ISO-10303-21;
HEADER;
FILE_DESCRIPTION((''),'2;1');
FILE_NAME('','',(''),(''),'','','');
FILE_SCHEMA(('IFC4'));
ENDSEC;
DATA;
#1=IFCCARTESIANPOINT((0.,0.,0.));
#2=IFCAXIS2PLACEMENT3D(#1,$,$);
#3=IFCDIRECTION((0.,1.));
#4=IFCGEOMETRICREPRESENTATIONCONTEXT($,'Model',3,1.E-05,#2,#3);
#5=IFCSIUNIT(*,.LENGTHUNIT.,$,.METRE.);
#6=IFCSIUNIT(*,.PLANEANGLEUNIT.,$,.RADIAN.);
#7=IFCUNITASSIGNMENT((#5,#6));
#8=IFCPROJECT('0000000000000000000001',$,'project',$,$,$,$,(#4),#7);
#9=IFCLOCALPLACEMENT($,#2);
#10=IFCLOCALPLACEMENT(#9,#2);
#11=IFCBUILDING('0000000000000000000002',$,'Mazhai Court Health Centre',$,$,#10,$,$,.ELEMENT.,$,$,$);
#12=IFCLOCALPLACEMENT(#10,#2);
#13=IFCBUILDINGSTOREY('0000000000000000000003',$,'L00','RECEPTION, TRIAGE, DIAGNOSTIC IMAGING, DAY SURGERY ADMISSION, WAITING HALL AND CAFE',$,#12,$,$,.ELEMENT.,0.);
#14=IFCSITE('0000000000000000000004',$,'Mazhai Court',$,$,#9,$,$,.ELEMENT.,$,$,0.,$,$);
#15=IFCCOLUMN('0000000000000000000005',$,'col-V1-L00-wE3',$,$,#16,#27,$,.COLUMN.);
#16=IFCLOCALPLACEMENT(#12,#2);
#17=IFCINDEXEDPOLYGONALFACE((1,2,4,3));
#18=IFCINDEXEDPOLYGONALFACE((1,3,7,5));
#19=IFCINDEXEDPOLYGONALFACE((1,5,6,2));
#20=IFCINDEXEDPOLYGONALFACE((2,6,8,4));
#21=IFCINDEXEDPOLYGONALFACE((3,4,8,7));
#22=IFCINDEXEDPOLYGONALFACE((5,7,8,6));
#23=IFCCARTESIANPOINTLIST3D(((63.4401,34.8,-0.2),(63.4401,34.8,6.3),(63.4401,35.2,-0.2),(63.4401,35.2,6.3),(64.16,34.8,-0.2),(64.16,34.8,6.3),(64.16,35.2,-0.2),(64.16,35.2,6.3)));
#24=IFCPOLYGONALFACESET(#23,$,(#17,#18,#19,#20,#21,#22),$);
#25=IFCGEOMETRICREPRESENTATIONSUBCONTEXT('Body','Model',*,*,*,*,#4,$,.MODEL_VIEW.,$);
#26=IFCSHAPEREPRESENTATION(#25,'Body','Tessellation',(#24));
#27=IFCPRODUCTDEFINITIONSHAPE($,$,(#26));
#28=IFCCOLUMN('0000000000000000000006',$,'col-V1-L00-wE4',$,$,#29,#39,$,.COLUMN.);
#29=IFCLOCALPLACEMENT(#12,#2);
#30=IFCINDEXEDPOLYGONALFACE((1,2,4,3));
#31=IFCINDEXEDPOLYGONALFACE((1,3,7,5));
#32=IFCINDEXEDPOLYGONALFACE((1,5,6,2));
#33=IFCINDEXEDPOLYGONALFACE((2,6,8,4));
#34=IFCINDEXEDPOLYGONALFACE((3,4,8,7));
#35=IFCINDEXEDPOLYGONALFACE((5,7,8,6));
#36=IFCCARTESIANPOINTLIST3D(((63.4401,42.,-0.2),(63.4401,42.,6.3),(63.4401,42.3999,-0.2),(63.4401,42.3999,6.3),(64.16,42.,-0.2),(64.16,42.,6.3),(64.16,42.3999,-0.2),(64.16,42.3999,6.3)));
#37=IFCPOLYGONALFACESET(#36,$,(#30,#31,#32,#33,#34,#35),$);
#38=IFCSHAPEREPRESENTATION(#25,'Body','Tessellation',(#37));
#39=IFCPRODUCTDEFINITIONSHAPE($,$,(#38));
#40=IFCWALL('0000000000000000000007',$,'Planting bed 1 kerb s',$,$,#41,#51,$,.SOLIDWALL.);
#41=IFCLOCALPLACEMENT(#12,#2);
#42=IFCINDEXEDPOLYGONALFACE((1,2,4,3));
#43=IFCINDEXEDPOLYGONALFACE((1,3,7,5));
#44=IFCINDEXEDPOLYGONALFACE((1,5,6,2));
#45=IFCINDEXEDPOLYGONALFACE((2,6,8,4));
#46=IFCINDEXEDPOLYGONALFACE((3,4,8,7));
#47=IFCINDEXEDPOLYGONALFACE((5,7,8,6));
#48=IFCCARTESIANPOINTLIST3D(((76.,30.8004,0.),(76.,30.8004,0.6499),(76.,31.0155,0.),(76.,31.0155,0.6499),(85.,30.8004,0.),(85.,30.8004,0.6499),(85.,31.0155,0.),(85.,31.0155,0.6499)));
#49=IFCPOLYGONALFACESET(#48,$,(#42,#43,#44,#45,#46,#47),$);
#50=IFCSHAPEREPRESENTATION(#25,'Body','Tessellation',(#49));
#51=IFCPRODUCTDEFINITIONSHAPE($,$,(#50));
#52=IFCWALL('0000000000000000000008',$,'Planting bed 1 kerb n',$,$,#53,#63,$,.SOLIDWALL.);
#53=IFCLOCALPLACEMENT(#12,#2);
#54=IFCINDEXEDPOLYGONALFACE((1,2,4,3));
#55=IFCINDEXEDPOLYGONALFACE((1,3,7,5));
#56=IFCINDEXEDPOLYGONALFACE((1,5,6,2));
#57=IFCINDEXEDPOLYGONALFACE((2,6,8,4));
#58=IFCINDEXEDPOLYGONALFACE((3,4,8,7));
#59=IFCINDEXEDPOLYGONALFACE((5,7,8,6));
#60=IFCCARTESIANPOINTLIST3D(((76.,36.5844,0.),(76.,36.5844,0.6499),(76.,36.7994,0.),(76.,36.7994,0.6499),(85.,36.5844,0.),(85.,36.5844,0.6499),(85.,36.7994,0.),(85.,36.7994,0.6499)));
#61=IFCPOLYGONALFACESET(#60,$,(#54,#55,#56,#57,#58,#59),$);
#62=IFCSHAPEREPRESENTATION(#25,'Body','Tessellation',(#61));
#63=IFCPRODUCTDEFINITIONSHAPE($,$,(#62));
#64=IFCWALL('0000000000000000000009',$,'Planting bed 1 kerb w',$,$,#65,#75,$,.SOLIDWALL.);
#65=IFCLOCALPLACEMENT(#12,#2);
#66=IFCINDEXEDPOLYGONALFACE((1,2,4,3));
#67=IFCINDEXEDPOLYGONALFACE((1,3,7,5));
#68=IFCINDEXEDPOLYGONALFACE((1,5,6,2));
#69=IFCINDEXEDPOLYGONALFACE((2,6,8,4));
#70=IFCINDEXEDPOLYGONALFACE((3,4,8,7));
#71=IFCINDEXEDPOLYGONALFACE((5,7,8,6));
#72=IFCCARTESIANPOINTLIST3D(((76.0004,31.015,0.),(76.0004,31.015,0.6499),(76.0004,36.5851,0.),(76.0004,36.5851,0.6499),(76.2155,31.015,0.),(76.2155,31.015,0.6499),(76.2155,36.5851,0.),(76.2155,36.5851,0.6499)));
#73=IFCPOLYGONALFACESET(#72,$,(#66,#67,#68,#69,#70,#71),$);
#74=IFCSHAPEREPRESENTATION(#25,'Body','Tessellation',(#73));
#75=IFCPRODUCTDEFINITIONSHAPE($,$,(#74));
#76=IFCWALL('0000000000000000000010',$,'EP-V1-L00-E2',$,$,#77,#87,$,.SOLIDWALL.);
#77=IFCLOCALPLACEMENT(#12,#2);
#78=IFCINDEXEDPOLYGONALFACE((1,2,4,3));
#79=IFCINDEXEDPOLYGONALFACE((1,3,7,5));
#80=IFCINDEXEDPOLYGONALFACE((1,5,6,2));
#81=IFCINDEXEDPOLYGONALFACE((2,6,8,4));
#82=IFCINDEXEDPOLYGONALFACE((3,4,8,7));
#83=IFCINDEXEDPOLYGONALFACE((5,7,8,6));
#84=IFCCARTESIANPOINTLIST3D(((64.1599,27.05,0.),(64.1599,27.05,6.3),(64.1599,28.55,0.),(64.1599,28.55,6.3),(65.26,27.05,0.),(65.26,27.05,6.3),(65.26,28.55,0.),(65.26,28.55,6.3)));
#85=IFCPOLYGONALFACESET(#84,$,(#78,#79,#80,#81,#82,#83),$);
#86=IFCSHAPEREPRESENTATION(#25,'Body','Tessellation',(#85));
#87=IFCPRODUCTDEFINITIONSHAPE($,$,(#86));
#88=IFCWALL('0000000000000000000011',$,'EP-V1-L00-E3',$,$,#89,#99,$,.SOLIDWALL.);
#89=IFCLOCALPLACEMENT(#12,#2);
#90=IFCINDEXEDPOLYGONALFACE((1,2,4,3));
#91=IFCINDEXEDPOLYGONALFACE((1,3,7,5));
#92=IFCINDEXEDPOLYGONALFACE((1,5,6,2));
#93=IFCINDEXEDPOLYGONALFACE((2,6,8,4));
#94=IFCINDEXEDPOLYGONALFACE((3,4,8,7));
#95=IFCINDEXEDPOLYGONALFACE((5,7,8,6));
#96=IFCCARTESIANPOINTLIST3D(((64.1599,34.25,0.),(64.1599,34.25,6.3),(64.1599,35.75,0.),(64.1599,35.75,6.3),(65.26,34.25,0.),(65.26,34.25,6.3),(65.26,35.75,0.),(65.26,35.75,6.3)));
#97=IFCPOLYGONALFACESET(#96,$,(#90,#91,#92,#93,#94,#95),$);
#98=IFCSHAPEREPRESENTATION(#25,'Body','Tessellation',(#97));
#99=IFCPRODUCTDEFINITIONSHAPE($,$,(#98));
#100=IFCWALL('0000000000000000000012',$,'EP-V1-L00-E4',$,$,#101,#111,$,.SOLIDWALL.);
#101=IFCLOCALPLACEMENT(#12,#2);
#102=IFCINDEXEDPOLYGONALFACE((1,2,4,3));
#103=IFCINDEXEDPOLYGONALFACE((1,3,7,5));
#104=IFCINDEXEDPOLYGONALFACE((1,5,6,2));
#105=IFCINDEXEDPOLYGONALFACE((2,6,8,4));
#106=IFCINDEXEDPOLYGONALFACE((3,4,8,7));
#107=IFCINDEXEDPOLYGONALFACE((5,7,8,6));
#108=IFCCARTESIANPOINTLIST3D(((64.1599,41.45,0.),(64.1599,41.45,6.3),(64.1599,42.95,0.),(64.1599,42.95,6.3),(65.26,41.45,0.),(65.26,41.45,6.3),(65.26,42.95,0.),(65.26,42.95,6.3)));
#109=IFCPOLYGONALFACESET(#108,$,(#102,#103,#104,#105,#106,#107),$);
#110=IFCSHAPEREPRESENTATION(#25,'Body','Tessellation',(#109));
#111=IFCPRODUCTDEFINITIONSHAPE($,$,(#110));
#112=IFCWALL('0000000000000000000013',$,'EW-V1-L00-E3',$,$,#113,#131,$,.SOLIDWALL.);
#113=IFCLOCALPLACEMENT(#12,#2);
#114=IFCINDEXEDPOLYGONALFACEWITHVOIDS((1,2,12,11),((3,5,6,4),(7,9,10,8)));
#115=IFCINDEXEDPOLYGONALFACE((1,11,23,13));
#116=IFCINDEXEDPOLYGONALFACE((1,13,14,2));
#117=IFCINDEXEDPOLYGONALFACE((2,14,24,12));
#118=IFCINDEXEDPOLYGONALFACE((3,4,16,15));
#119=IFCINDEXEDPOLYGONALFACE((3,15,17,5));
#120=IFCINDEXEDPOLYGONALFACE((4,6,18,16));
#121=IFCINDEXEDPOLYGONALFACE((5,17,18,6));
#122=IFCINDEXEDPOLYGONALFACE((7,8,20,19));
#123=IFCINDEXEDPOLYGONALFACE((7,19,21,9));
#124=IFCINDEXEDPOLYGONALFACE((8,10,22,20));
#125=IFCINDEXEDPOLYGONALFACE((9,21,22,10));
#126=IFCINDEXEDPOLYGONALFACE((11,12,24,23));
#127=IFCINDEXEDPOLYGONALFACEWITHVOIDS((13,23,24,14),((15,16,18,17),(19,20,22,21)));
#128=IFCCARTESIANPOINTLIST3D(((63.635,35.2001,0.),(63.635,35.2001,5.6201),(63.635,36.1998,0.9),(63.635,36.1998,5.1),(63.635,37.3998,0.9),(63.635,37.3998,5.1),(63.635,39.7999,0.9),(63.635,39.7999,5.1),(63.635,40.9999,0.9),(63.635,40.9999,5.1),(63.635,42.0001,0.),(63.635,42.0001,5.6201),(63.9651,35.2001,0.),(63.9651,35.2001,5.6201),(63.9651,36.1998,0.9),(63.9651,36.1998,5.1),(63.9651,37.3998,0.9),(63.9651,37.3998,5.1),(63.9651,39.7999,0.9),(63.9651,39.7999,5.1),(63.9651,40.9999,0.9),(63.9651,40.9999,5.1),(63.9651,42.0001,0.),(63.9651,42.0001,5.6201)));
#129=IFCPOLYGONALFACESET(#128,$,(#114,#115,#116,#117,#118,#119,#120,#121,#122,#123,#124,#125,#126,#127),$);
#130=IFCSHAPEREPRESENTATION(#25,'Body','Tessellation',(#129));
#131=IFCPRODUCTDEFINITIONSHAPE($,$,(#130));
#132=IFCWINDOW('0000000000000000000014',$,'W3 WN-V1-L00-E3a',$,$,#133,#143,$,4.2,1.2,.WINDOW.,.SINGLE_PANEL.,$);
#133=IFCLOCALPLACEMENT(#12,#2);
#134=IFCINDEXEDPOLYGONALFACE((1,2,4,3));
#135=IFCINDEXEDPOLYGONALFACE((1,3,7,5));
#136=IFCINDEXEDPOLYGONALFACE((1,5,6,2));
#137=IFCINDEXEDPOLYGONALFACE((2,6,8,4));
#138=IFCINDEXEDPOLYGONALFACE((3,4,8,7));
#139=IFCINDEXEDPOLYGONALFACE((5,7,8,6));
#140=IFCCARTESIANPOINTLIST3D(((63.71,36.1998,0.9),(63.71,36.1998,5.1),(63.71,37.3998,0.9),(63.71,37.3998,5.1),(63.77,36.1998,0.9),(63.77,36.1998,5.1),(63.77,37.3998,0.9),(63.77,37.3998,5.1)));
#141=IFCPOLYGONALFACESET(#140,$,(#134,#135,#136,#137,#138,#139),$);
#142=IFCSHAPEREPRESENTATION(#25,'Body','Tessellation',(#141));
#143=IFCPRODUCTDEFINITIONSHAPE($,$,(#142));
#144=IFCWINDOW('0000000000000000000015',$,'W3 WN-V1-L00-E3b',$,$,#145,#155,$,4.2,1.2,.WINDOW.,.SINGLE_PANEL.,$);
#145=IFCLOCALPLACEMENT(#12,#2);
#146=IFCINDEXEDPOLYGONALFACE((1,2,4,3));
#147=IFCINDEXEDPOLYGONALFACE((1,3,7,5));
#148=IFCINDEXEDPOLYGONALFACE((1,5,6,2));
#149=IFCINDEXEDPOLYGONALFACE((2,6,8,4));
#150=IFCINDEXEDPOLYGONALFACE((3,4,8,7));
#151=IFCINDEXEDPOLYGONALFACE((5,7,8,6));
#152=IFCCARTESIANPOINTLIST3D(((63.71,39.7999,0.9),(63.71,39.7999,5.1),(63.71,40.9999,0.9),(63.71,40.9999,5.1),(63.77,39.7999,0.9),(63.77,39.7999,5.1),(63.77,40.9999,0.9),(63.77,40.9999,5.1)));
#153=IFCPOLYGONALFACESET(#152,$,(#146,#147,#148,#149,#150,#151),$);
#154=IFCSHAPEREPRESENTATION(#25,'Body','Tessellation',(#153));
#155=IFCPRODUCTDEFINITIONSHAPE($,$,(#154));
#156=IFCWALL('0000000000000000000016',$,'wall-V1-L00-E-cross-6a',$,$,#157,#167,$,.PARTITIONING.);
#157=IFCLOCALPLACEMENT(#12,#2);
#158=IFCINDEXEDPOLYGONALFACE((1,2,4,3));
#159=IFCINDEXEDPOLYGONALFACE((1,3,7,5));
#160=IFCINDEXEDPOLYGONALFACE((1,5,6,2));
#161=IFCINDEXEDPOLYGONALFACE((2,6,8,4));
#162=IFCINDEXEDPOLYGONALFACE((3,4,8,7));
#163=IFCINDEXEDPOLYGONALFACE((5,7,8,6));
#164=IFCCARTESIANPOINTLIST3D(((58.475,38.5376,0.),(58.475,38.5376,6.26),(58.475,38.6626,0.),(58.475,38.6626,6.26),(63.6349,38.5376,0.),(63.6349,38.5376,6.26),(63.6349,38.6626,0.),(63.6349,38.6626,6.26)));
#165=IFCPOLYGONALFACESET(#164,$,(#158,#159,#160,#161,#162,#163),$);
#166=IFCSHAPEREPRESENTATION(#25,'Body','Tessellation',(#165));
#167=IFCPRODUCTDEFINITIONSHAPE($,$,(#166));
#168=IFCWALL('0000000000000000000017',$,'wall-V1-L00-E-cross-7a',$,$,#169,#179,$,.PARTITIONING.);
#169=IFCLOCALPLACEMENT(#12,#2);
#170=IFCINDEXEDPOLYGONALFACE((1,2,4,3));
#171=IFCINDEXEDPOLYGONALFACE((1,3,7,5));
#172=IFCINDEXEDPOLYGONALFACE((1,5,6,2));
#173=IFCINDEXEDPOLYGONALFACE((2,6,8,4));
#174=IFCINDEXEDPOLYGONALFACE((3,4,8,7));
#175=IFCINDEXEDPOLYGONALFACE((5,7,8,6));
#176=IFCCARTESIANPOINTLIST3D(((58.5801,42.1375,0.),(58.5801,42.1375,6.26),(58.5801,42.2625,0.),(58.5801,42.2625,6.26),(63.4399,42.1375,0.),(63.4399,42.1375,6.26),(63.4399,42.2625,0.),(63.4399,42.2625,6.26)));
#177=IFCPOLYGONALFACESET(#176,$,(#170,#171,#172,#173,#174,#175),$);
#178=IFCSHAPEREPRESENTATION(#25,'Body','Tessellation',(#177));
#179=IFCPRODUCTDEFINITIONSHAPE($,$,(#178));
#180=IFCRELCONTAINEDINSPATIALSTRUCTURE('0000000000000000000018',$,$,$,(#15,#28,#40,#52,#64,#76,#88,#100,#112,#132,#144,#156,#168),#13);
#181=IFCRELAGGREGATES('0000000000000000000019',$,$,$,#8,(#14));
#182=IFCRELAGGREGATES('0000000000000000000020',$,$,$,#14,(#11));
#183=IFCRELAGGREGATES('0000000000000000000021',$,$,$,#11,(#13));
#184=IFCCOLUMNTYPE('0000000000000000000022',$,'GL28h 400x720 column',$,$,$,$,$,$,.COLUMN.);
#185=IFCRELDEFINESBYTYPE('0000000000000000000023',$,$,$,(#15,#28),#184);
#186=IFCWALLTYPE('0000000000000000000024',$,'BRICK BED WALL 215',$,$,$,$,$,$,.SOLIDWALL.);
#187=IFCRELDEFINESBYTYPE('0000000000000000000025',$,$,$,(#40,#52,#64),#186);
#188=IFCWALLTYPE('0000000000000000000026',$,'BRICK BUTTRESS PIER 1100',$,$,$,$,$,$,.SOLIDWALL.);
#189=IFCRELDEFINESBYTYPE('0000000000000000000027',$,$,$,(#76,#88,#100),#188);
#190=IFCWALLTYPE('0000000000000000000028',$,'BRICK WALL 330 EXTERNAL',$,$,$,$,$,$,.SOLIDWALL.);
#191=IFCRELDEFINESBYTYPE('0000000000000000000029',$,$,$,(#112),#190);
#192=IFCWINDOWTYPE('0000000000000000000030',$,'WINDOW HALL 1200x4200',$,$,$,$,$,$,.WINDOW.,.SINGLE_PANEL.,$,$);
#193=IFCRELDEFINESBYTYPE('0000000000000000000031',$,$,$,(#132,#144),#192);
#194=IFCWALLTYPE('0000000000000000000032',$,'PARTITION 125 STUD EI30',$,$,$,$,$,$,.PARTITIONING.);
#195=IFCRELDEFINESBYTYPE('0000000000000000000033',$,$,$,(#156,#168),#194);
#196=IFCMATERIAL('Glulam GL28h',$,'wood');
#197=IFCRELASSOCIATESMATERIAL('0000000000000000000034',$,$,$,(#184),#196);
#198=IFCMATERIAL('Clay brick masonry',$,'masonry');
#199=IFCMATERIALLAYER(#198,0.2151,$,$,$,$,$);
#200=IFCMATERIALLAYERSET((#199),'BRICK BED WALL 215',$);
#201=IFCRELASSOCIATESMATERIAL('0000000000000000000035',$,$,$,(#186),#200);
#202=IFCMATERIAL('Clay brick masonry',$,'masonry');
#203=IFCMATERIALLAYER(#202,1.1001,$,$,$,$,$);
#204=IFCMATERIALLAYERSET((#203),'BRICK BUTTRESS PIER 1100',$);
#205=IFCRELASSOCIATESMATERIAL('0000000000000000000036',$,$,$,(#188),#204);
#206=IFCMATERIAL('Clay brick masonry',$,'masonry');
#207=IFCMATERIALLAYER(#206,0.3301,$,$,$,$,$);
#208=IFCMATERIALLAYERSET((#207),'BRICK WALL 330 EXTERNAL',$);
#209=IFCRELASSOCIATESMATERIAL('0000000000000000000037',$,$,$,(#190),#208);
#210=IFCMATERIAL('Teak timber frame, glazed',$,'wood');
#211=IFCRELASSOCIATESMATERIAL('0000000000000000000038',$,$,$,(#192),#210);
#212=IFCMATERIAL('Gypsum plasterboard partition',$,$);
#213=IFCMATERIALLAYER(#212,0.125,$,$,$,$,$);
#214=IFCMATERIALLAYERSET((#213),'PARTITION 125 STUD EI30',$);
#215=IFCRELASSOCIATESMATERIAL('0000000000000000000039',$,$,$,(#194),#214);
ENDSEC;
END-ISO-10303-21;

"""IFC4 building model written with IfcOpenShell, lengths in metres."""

from ifc_helpers import new_model, si_unit, direction, frame, frame_2d, origin, origin_2d, place, context, subcontext, project, spatial, rectangle, extrude, material, layer, layer_set, material_profile, profile_set, type_object, element, fill, save


model = new_model("IFC4")

# Units and contexts
model_context = context("Model", 3, precision=1e-05, world=origin(), true_north=direction((0.0, 1.0)))
body_context = subcontext(model_context, "Body", "Model", "MODEL_VIEW")
ifc_project = project(units=[si_unit("LENGTHUNIT", "METRE"), si_unit("PLANEANGLEUNIT", "RADIAN")], contexts=[model_context])

# Site, building, storey
site_placement = place(None, origin())
site = spatial("IfcSite", under=ifc_project, at=site_placement, Name="Mazhai Court", CompositionType="ELEMENT", RefElevation=0.0)
building_placement = place(site_placement, origin())
building = spatial("IfcBuilding", under=site, at=building_placement, Name="Mazhai Court Health Centre", CompositionType="ELEMENT")
storey_placement = place(building_placement, origin())
storey = spatial("IfcBuildingStorey", under=building, at=storey_placement, Name="L00", Description="RECEPTION, TRIAGE, DIAGNOSTIC IMAGING, DAY SURGERY ADMISSION, WAITING HALL AND CAFE", CompositionType="ELEMENT", Elevation=0.0)

# Columns
ifc_material_1 = material(Name="Glulam GL28h", Category="wood")
ifc_material_profile_1 = material_profile(ifc_material_1, rectangle(XDim=0.3999, YDim=0.72, at=origin_2d()), Name="GL28h 400x720")
ifc_profile_set_1 = profile_set([ifc_material_profile_1], Name="Glulam GL28h")
column_type = type_object("IfcColumnType", Name="GL28h 400x720 column", PredefinedType="COLUMN", material=ifc_profile_set_1)
for number, where, z_axis, x_axis, name in (
    (1, (63.8, 35.0, -0.2), (0.0, 0.0, 1.0), (0.0, 1.0, 0.0), "col-V1-L00-wE3"),
    (2, (63.8, 42.2, -0.2), (0.0, 0.0, 1.0), (0.0, 1.0, 0.0), "col-V1-L00-wE4"),
):
    element("IfcColumn", number, at=place(storey_placement, frame(where, z_axis=z_axis, x_axis=x_axis)), inside=storey, type_object=column_type, Name=name, PredefinedType="COLUMN", context=body_context, shape_type="SweptSolid", body=[
        extrude(rectangle(XDim=0.3999, YDim=0.72, at=origin_2d()), origin(), (0.0, 0.0, 1.0), 6.5),
    ])

# Walls
ifc_material_2 = material(Name="Clay brick masonry", Category="masonry")
ifc_layer_1 = layer(ifc_material_2, 0.2151)
ifc_layer_set_1 = layer_set([ifc_layer_1], Name="BRICK BED WALL 215")
wall_type_1 = type_object("IfcWallType", Name="BRICK BED WALL 215", PredefinedType="SOLIDWALL", material=ifc_layer_set_1)
for number, where, z_axis, x_axis, name in (
    (3, (76.0, 30.908, 0.0), (0.0, 0.0, 1.0), (1.0, 0.0, 0.0), "Planting bed 1 kerb s"),
    (4, (76.0, 36.6919, 0.0), (0.0, 0.0, 1.0), (1.0, 0.0, 0.0), "Planting bed 1 kerb n"),
):
    element("IfcWall", number, at=place(storey_placement, frame(where, z_axis=z_axis, x_axis=x_axis)), inside=storey, type_object=wall_type_1, Name=name, PredefinedType="SOLIDWALL", context=body_context, shape_type="SweptSolid", body=[
        extrude(rectangle(XDim=9.0, YDim=0.2151, at=frame_2d((4.5, 0.0))), origin(), (0.0, 0.0, 1.0), 0.6499),
    ])
wall_1_placement = place(storey_placement, frame((76.1079, 31.0149, 0.0), z_axis=(0.0, 0.0, 1.0), x_axis=(0.0, 1.0, 0.0)))
element("IfcWall", 5, at=wall_1_placement, inside=storey, type_object=wall_type_1, Name="Planting bed 1 kerb w", PredefinedType="SOLIDWALL", context=body_context, shape_type="SweptSolid", body=[
    extrude(rectangle(XDim=5.5701, YDim=0.2151, at=frame_2d((2.7852, 0.0))), origin(), (0.0, 0.0, 1.0), 0.6499),
])
ifc_material_3 = material(Name="Clay brick masonry", Category="masonry")
ifc_layer_2 = layer(ifc_material_3, 1.1001)
ifc_layer_set_2 = layer_set([ifc_layer_2], Name="BRICK BUTTRESS PIER 1100")
wall_type_2 = type_object("IfcWallType", Name="BRICK BUTTRESS PIER 1100", PredefinedType="SOLIDWALL", material=ifc_layer_set_2)
for number, where, z_axis, x_axis, name in (
    (6, (64.71, 28.55, 0.0), (0.0, 0.0, 1.0), (0.0, -1.0, 0.0), "EP-V1-L00-E2"),
    (7, (64.71, 35.75, 0.0), (0.0, 0.0, 1.0), (0.0, -1.0, 0.0), "EP-V1-L00-E3"),
    (8, (64.71, 42.95, 0.0), (0.0, 0.0, 1.0), (0.0, -1.0, 0.0), "EP-V1-L00-E4"),
):
    element("IfcWall", number, at=place(storey_placement, frame(where, z_axis=z_axis, x_axis=x_axis)), inside=storey, type_object=wall_type_2, Name=name, PredefinedType="SOLIDWALL", context=body_context, shape_type="SweptSolid", body=[
        extrude(rectangle(XDim=1.5, YDim=1.1001, at=frame_2d((0.75, 0.0))), origin(), (0.0, 0.0, 1.0), 6.3),
    ])

# Shared definitions
ifc_material_4 = material(Name="Clay brick masonry", Category="masonry")
ifc_layer_3 = layer(ifc_material_4, 0.3301)
ifc_layer_set_3 = layer_set([ifc_layer_3], Name="BRICK WALL 330 EXTERNAL")
wall_type_3 = type_object("IfcWallType", Name="BRICK WALL 330 EXTERNAL", PredefinedType="SOLIDWALL", material=ifc_layer_set_3)
ifc_material_5 = material(Name="Teak timber frame, glazed", Category="wood")
window_type = type_object("IfcWindowType", Name="WINDOW HALL 1200x4200", PartitioningType="SINGLE_PANEL", PredefinedType="WINDOW", material=ifc_material_5)

# Wall, openings, windows
wall_2_placement = place(storey_placement, frame((63.8, 42.0, 0.0), z_axis=(0.0, 0.0, 1.0), x_axis=(0.0, -1.0, 0.0)))
wall_2 = element("IfcWall", 9, at=wall_2_placement, inside=storey, type_object=wall_type_3, Name="EW-V1-L00-E3", PredefinedType="SOLIDWALL", context=body_context, shape_type="SweptSolid", body=[
    extrude(rectangle(XDim=6.8, YDim=0.3301, at=frame_2d((3.3999, 0.0))), origin(), (0.0, 0.0, 1.0), 5.6201),
])
opening_1_placement = place(wall_2_placement, frame((4.6001, 0.0, 0.8999)))
opening_1 = element("IfcOpeningElement", 10, at=opening_1_placement, cuts=wall_2, PredefinedType="OPENING", context=body_context, shape_type="SweptSolid", body=[
    extrude(rectangle(XDim=1.2, YDim=4.2, at=frame_2d((0.6001, 2.1001))), frame((0.0, 0.175, 0.0), z_axis=(0.0, -1.0, 0.0), x_axis=(1.0, 0.0, 0.0)), (0.0, 0.0, 1.0), 0.3501),
])
opening_2_placement = place(wall_2_placement, frame((1.0, 0.0, 0.8999)))
opening_2 = element("IfcOpeningElement", 11, at=opening_2_placement, cuts=wall_2, PredefinedType="OPENING", context=body_context, shape_type="SweptSolid", body=[
    extrude(rectangle(XDim=1.2, YDim=4.2, at=frame_2d((0.6001, 2.1001))), frame((0.0, 0.175, 0.0), z_axis=(0.0, -1.0, 0.0), x_axis=(1.0, 0.0, 0.0)), (0.0, 0.0, 1.0), 0.3501),
])
window_1_placement = place(opening_1_placement, origin())
window_1 = element("IfcWindow", 12, at=window_1_placement, inside=storey, type_object=window_type, Name="W3 WN-V1-L00-E3a", OverallHeight=4.2, OverallWidth=1.2, PartitioningType="SINGLE_PANEL", PredefinedType="WINDOW", context=body_context, shape_type="SweptSolid", body=[
    extrude(rectangle(XDim=1.2, YDim=4.2, at=frame_2d((0.6001, 2.1001))), frame((0.0, -0.03, 0.0), z_axis=(0.0, -1.0, 0.0), x_axis=(1.0, 0.0, 0.0)), (0.0, 0.0, 1.0), 0.0601),
])
fill(opening_1, window_1)
window_2_placement = place(opening_2_placement, origin())
window_2 = element("IfcWindow", 13, at=window_2_placement, inside=storey, type_object=window_type, Name="W3 WN-V1-L00-E3b", OverallHeight=4.2, OverallWidth=1.2, PartitioningType="SINGLE_PANEL", PredefinedType="WINDOW", context=body_context, shape_type="SweptSolid", body=[
    extrude(rectangle(XDim=1.2, YDim=4.2, at=frame_2d((0.6001, 2.1001))), frame((0.0, -0.03, 0.0), z_axis=(0.0, -1.0, 0.0), x_axis=(1.0, 0.0, 0.0)), (0.0, 0.0, 1.0), 0.0601),
])
fill(opening_2, window_2)

# Walls
ifc_material_6 = material(Name="Gypsum plasterboard partition")
ifc_layer_4 = layer(ifc_material_6, 0.125)
ifc_layer_set_4 = layer_set([ifc_layer_4], Name="PARTITION 125 STUD EI30")
wall_type_4 = type_object("IfcWallType", Name="PARTITION 125 STUD EI30", PredefinedType="PARTITIONING", material=ifc_layer_set_4)
wall_3_placement = place(storey_placement, frame((63.635, 38.6001, 0.0), z_axis=(0.0, 0.0, 1.0), x_axis=(-1.0, 0.0, 0.0)))
element("IfcWall", 14, at=wall_3_placement, inside=storey, type_object=wall_type_4, Name="wall-V1-L00-E-cross-6a", PredefinedType="PARTITIONING", context=body_context, shape_type="SweptSolid", body=[
    extrude(rectangle(XDim=5.1599, YDim=0.125, at=frame_2d((2.5801, 0.0))), origin(), (0.0, 0.0, 1.0), 6.26),
])
wall_4_placement = place(storey_placement, frame((63.4399, 42.2, 0.0), z_axis=(0.0, 0.0, 1.0), x_axis=(-1.0, 0.0, 0.0)))
element("IfcWall", 15, at=wall_4_placement, inside=storey, type_object=wall_type_4, Name="wall-V1-L00-E-cross-7a", PredefinedType="PARTITIONING", context=body_context, shape_type="SweptSolid", body=[
    extrude(rectangle(XDim=4.8599, YDim=0.125, at=frame_2d((2.4299, 0.0))), origin(), (0.0, 0.0, 1.0), 6.26),
])

save(model, "model.ifc")
